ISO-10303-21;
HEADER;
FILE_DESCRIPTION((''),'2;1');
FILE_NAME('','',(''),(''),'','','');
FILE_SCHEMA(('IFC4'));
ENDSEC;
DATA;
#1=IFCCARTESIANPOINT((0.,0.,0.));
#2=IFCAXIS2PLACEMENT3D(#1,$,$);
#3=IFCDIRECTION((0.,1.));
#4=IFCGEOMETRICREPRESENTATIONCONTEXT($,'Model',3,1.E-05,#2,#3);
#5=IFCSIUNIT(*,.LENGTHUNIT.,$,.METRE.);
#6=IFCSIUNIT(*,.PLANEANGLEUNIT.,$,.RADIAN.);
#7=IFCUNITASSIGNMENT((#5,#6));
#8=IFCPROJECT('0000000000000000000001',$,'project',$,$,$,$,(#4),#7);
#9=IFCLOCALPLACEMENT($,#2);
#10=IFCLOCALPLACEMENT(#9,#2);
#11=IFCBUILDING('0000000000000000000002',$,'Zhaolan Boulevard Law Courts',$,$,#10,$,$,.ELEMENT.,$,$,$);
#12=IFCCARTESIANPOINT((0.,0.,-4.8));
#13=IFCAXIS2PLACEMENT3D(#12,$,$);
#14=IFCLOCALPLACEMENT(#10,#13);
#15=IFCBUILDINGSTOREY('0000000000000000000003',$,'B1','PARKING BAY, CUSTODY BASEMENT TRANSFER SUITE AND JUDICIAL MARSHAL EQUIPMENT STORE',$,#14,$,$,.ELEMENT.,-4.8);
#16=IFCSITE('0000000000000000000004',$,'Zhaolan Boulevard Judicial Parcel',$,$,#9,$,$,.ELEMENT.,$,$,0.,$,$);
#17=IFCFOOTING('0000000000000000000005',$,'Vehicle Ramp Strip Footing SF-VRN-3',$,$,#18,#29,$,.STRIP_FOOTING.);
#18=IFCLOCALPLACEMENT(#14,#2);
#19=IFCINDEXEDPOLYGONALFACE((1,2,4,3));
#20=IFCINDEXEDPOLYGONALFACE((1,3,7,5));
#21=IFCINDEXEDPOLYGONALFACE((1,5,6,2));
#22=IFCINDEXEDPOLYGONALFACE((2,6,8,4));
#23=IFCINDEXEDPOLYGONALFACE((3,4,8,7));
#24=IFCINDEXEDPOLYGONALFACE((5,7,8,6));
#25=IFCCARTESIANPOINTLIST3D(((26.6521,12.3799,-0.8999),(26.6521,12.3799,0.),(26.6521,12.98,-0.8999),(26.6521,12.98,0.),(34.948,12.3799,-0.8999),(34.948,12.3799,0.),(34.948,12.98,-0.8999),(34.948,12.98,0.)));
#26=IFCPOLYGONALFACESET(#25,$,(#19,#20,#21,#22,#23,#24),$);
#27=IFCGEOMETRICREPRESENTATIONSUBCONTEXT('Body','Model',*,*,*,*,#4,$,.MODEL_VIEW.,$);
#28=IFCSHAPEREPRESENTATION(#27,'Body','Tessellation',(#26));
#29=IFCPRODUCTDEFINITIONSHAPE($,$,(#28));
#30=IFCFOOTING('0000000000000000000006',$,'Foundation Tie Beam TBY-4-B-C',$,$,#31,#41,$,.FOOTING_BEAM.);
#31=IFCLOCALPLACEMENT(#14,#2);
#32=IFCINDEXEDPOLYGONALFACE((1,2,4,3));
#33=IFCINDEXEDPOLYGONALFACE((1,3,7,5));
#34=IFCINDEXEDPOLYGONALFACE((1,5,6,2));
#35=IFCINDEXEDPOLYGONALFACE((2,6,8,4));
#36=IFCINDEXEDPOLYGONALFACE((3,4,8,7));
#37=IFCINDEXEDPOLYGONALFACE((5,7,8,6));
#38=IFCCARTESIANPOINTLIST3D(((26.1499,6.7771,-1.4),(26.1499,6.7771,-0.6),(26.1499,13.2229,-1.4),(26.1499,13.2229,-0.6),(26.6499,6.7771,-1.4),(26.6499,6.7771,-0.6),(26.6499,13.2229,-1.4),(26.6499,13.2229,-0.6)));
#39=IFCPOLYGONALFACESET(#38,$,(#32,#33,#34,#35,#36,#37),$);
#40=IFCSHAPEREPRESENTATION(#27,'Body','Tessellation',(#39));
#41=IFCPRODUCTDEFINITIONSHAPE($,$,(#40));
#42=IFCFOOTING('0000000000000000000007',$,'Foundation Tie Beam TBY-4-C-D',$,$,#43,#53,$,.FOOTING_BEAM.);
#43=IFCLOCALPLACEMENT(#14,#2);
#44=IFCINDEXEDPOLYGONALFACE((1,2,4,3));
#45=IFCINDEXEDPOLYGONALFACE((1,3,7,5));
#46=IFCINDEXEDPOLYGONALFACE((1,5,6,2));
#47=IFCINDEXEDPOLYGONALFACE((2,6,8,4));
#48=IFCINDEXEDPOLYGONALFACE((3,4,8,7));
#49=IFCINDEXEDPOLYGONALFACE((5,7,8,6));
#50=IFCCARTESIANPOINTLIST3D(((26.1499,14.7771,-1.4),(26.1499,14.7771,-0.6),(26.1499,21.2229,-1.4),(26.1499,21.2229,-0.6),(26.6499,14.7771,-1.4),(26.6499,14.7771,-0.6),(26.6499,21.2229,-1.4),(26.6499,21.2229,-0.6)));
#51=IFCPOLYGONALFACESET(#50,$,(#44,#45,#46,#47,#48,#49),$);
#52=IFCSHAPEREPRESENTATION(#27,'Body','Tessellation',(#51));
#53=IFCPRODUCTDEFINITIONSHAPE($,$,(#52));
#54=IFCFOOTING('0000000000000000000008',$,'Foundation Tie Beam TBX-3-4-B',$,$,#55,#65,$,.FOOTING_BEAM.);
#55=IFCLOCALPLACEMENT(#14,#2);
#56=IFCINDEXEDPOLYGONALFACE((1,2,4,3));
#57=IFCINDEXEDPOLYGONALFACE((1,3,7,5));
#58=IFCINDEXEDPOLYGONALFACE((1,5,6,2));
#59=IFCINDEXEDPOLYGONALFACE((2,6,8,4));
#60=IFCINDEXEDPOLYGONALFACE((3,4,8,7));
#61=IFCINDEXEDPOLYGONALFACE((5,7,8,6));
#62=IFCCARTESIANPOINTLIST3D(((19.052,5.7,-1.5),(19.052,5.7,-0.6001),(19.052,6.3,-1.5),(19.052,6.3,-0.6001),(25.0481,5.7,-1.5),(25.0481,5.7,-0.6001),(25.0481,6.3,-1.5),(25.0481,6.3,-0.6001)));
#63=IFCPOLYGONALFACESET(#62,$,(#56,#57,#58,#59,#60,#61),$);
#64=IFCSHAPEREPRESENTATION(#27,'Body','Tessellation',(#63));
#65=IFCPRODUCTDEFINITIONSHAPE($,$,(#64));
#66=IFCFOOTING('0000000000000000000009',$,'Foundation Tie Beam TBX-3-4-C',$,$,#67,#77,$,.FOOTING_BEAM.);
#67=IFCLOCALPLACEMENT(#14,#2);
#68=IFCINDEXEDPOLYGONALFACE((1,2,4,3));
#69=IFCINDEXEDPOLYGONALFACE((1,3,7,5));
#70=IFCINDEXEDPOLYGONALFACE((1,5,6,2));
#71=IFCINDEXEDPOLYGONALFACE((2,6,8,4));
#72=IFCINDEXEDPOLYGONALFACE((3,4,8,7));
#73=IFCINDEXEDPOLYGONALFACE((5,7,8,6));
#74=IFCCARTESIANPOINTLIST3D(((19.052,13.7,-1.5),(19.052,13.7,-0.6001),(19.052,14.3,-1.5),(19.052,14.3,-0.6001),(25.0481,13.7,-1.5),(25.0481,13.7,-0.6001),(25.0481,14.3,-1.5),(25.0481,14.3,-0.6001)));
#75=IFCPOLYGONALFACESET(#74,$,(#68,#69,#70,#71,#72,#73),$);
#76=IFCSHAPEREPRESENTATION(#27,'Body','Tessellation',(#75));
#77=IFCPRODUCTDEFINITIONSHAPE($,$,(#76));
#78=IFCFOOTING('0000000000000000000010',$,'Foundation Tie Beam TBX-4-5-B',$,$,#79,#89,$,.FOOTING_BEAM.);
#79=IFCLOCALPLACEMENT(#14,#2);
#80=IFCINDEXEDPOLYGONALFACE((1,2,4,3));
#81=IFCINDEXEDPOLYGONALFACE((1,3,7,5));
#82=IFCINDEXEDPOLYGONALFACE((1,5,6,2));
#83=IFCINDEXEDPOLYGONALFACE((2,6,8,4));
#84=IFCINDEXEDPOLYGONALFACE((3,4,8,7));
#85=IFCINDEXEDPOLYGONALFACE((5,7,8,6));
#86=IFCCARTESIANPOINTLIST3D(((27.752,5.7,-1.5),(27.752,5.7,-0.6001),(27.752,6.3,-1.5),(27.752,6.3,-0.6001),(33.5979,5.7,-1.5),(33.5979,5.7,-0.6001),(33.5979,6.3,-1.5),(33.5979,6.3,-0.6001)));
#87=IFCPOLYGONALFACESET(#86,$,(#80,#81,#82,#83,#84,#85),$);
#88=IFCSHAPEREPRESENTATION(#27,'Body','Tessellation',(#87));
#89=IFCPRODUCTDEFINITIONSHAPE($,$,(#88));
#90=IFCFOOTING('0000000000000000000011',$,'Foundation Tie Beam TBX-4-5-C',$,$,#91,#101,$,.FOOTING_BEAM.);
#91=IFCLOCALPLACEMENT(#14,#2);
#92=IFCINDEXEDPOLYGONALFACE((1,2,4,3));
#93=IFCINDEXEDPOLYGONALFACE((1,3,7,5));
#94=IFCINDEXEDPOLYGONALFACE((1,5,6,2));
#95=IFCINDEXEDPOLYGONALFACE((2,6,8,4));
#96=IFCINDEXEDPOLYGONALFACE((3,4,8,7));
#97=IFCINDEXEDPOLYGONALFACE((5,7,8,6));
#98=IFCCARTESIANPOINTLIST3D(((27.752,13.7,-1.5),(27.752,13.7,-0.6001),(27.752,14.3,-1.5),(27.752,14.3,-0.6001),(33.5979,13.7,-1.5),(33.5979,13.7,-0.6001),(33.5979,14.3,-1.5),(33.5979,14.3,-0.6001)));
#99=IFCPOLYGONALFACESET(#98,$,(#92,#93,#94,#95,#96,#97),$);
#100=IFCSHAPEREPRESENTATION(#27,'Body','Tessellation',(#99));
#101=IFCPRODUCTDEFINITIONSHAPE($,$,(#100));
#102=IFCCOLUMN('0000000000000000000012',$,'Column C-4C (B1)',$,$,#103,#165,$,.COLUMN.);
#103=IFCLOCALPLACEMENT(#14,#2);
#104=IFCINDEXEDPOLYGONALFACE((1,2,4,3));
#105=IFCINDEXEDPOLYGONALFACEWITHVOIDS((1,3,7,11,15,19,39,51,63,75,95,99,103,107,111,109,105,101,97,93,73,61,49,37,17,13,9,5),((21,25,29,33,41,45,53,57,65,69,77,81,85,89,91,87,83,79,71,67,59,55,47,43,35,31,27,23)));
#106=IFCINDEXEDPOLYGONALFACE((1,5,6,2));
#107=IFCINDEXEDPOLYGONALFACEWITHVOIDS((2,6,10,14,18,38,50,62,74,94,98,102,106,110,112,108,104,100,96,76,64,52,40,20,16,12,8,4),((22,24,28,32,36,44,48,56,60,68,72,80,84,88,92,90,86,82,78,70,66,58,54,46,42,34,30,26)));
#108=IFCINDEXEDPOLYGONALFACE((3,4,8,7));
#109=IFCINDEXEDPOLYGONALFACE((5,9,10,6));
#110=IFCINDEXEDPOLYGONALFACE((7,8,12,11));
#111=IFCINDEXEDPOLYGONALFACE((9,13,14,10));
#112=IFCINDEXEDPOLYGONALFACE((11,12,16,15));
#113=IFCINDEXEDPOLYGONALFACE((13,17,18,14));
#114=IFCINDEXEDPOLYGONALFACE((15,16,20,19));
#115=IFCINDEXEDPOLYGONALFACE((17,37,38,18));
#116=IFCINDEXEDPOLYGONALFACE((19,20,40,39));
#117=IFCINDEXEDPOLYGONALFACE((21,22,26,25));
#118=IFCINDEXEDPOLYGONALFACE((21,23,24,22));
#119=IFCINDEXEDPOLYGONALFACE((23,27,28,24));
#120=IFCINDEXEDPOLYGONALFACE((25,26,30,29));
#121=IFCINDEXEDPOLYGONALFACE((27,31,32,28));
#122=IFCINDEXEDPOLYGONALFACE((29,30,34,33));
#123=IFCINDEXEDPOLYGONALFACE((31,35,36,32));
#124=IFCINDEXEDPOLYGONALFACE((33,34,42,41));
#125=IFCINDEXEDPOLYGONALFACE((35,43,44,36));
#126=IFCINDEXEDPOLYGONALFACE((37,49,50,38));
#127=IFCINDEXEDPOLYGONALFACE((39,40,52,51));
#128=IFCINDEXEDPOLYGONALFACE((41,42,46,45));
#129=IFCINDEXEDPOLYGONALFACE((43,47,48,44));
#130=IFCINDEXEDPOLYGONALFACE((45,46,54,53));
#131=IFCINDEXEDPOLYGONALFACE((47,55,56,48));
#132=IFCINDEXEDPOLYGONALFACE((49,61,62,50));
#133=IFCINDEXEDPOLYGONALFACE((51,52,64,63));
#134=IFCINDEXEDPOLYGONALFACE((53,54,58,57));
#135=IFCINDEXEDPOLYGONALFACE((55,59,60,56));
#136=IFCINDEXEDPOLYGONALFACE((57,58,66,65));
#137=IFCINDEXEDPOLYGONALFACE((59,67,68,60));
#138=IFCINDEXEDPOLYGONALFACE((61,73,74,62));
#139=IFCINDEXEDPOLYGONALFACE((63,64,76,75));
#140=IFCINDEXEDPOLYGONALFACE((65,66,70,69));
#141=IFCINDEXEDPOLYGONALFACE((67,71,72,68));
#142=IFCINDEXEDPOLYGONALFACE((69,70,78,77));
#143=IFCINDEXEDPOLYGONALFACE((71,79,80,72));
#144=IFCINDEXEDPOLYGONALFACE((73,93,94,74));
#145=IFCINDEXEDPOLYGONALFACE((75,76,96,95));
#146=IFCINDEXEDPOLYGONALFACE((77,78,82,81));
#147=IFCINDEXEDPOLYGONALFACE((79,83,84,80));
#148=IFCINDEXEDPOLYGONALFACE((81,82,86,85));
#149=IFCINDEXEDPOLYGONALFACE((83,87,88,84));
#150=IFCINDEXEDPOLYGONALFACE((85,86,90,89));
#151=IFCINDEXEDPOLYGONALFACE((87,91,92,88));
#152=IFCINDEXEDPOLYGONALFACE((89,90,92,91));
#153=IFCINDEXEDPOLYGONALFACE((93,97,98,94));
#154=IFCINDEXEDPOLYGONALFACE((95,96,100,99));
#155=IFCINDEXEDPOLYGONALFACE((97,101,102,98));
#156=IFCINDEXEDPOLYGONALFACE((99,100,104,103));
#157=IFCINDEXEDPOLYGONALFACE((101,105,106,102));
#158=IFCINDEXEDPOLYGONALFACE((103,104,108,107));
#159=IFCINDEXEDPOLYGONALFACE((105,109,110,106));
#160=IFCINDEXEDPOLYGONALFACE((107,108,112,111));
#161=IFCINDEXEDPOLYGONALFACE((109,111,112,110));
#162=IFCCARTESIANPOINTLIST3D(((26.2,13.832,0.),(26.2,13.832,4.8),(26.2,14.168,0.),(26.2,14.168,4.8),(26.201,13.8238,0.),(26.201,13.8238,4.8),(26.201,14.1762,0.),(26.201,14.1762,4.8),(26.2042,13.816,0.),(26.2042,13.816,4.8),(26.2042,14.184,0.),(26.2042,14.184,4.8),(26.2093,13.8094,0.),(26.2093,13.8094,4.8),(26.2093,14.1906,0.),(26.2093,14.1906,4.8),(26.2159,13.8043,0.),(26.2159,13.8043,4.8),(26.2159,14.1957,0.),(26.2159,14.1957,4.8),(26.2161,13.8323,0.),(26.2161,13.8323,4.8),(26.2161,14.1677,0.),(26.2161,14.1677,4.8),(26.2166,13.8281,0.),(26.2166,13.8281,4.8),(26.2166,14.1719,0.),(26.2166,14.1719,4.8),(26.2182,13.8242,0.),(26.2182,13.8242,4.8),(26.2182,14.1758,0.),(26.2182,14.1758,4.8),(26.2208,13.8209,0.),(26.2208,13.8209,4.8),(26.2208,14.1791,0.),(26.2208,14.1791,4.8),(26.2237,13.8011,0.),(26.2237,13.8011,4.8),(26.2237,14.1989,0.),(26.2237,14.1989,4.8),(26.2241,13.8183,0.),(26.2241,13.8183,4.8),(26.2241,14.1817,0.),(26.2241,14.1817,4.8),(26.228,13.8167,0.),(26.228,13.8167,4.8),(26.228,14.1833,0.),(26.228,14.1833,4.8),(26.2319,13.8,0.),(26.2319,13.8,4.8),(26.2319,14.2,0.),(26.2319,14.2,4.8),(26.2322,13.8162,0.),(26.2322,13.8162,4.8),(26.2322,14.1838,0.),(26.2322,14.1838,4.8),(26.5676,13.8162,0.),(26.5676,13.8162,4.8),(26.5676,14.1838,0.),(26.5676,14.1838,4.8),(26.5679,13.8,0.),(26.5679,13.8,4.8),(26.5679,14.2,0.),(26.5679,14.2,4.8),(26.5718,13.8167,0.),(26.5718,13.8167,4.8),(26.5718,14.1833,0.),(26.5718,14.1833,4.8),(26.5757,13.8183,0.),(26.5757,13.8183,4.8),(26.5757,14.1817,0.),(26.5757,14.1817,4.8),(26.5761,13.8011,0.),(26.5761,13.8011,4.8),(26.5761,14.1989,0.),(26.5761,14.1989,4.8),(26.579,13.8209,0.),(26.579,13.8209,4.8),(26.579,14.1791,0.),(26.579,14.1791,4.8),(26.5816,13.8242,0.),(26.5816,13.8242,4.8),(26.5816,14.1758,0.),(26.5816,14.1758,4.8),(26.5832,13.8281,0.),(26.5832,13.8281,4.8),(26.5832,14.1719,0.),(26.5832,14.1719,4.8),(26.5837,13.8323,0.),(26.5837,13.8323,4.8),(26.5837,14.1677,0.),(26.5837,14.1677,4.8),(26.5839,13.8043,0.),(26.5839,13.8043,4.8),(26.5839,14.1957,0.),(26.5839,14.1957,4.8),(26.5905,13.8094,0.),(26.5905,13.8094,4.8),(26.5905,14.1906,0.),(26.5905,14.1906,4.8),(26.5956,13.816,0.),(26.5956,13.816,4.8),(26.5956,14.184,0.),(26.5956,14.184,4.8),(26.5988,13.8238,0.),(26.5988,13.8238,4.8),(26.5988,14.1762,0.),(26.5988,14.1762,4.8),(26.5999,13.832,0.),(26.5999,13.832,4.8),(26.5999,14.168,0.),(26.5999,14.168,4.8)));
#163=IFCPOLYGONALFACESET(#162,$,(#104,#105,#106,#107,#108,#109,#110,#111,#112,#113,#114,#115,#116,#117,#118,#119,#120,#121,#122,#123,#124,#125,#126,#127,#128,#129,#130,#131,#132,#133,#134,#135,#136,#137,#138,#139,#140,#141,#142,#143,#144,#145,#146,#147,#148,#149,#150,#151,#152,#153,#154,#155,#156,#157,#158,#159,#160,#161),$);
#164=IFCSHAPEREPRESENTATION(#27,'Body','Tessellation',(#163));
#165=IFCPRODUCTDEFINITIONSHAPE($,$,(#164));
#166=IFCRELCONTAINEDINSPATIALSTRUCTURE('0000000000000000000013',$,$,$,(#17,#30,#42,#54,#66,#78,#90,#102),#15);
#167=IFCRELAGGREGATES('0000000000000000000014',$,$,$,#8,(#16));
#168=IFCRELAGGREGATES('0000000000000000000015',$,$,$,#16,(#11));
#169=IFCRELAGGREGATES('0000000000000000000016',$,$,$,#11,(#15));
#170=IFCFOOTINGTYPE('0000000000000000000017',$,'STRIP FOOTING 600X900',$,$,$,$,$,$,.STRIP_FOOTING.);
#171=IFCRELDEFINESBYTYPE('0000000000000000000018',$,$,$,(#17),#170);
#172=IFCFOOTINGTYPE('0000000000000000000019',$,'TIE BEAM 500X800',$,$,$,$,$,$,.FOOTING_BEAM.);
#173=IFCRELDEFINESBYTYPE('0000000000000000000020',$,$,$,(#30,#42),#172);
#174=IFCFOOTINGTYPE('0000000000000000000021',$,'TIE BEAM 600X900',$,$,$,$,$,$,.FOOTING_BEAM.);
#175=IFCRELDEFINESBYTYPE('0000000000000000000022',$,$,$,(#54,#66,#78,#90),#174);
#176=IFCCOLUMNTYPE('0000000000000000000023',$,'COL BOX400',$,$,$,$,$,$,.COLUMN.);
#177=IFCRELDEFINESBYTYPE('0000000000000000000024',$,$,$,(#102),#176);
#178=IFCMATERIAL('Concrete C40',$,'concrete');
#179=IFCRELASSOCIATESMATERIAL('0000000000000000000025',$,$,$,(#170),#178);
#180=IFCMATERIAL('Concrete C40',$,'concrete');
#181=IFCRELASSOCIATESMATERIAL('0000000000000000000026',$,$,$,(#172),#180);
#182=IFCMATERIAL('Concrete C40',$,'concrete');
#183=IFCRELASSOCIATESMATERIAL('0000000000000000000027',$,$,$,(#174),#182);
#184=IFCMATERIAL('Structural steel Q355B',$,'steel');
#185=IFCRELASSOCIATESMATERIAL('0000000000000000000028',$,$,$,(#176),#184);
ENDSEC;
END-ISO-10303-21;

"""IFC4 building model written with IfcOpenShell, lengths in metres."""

from ifc_helpers import new_model, si_unit, direction, frame, origin, origin_2d, place, context, subcontext, project, spatial, rectangle, hollow_rectangle, extrude, material, material_profile, profile_set, type_object, element, save


model = new_model("IFC4")

# Units and contexts
model_context = context("Model", 3, precision=1e-05, world=origin(), true_north=direction((0.0, 1.0)))
body_context = subcontext(model_context, "Body", "Model", "MODEL_VIEW")
ifc_project = project(units=[si_unit("LENGTHUNIT", "METRE"), si_unit("PLANEANGLEUNIT", "RADIAN")], contexts=[model_context])

# Site, building, storey
site_placement = place(None, origin())
site = spatial("IfcSite", under=ifc_project, at=site_placement, Name="Zhaolan Boulevard Judicial Parcel", CompositionType="ELEMENT", RefElevation=0.0)
building_placement = place(site_placement, origin())
building = spatial("IfcBuilding", under=site, at=building_placement, Name="Zhaolan Boulevard Law Courts", CompositionType="ELEMENT")
storey_placement = place(building_placement, frame((0.0, 0.0, -4.8)))
storey = spatial("IfcBuildingStorey", under=building, at=storey_placement, Name="B1", Description="PARKING BAY, CUSTODY BASEMENT TRANSFER SUITE AND JUDICIAL MARSHAL EQUIPMENT STORE", CompositionType="ELEMENT", Elevation=-4.8)

# Footings
ifc_material_1 = material(Name="Concrete C40", Category="concrete")
ifc_material_profile_1 = material_profile(ifc_material_1, rectangle(XDim=0.6001, YDim=0.8999, at=origin_2d()), Name="RC600x900")
ifc_profile_set_1 = profile_set([ifc_material_profile_1], Name="Concrete C40")
footing_type_1 = type_object("IfcFootingType", Name="STRIP FOOTING 600X900", PredefinedType="STRIP_FOOTING", material=ifc_profile_set_1)
for number, where, z_axis, x_axis, name in (
    (1, (26.6521, 12.6799, -0.45), (1.0, 0.0, 0.0), (0.0, 1.0, 0.0), "Vehicle Ramp Strip Footing SF-VRN-3"),
):
    element("IfcFooting", number, at=place(storey_placement, frame(where, z_axis=z_axis, x_axis=x_axis)), inside=storey, type_object=footing_type_1, Name=name, PredefinedType="STRIP_FOOTING", context=body_context, shape_type="SweptSolid", body=[
        extrude(rectangle(XDim=0.6001, YDim=0.8999, at=origin_2d()), origin(), (0.0, 0.0, 1.0), 8.2959),
    ])
ifc_material_2 = material(Name="Concrete C40", Category="concrete")
ifc_material_profile_2 = material_profile(ifc_material_2, rectangle(XDim=0.5, YDim=0.8, at=origin_2d()), Name="RC500x800")
ifc_profile_set_2 = profile_set([ifc_material_profile_2], Name="Concrete C40")
footing_type_2 = type_object("IfcFootingType", Name="TIE BEAM 500X800", PredefinedType="FOOTING_BEAM", material=ifc_profile_set_2)
for number, where, z_axis, x_axis, name in (
    (2, (26.3999, 6.7771, -1.0), (0.0, 1.0, 0.0), (-1.0, 0.0, 0.0), "Foundation Tie Beam TBY-4-B-C"),
    (3, (26.3999, 14.7771, -1.0), (0.0, 1.0, 0.0), (-1.0, 0.0, 0.0), "Foundation Tie Beam TBY-4-C-D"),
):
    element("IfcFooting", number, at=place(storey_placement, frame(where, z_axis=z_axis, x_axis=x_axis)), inside=storey, type_object=footing_type_2, Name=name, PredefinedType="FOOTING_BEAM", context=body_context, shape_type="SweptSolid", body=[
        extrude(rectangle(XDim=0.5, YDim=0.8, at=origin_2d()), origin(), (0.0, 0.0, 1.0), 6.4458),
    ])
ifc_material_3 = material(Name="Concrete C40", Category="concrete")
ifc_material_profile_3 = material_profile(ifc_material_3, rectangle(XDim=0.6001, YDim=0.8999, at=origin_2d()), Name="RC600x900")
ifc_profile_set_3 = profile_set([ifc_material_profile_3], Name="Concrete C40")
footing_type_3 = type_object("IfcFootingType", Name="TIE BEAM 600X900", PredefinedType="FOOTING_BEAM", material=ifc_profile_set_3)
for number, where, z_axis, x_axis, name in (
    (4, (19.052, 6.0, -1.05), (1.0, 0.0, 0.0), (0.0, 1.0, 0.0), "Foundation Tie Beam TBX-3-4-B"),
    (5, (19.052, 14.0, -1.05), (1.0, 0.0, 0.0), (0.0, 1.0, 0.0), "Foundation Tie Beam TBX-3-4-C"),
):
    element("IfcFooting", number, at=place(storey_placement, frame(where, z_axis=z_axis, x_axis=x_axis)), inside=storey, type_object=footing_type_3, Name=name, PredefinedType="FOOTING_BEAM", context=body_context, shape_type="SweptSolid", body=[
        extrude(rectangle(XDim=0.6001, YDim=0.8999, at=origin_2d()), origin(), (0.0, 0.0, 1.0), 5.9961),
    ])
for number, where, z_axis, x_axis, name in (
    (6, (27.752, 6.0, -1.05), (1.0, 0.0, 0.0), (0.0, 1.0, 0.0), "Foundation Tie Beam TBX-4-5-B"),
    (7, (27.752, 14.0, -1.05), (1.0, 0.0, 0.0), (0.0, 1.0, 0.0), "Foundation Tie Beam TBX-4-5-C"),
):
    element("IfcFooting", number, at=place(storey_placement, frame(where, z_axis=z_axis, x_axis=x_axis)), inside=storey, type_object=footing_type_3, Name=name, PredefinedType="FOOTING_BEAM", context=body_context, shape_type="SweptSolid", body=[
        extrude(rectangle(XDim=0.6001, YDim=0.8999, at=origin_2d()), origin(), (0.0, 0.0, 1.0), 5.8459),
    ])

# Column
ifc_material_4 = material(Name="Structural steel Q355B", Category="steel")
ifc_material_profile_4 = material_profile(ifc_material_4, hollow_rectangle(XDim=0.3999, YDim=0.3999, WallThickness=0.0161, InnerFilletRadius=0.0161, OuterFilletRadius=0.032, at=origin_2d()), Name="BOX400x400x16")
ifc_profile_set_4 = profile_set([ifc_material_profile_4], Name="Structural steel Q355B")
column_type_1 = type_object("IfcColumnType", Name="COL BOX400", PredefinedType="COLUMN", material=ifc_profile_set_4)
column_1_placement = place(storey_placement, frame((26.3999, 14.0, 0.0), z_axis=(0.0, 0.0, 1.0), x_axis=(1.0, 0.0, 0.0)))
element("IfcColumn", 8, at=column_1_placement, inside=storey, type_object=column_type_1, Name="Column C-4C (B1)", PredefinedType="COLUMN", context=body_context, shape_type="SweptSolid", body=[
    extrude(hollow_rectangle(XDim=0.3999, YDim=0.3999, WallThickness=0.0161, InnerFilletRadius=0.0161, OuterFilletRadius=0.032, at=origin_2d()), origin(), (0.0, 0.0, 1.0), 4.8),
])

save(model, "model.ifc")
